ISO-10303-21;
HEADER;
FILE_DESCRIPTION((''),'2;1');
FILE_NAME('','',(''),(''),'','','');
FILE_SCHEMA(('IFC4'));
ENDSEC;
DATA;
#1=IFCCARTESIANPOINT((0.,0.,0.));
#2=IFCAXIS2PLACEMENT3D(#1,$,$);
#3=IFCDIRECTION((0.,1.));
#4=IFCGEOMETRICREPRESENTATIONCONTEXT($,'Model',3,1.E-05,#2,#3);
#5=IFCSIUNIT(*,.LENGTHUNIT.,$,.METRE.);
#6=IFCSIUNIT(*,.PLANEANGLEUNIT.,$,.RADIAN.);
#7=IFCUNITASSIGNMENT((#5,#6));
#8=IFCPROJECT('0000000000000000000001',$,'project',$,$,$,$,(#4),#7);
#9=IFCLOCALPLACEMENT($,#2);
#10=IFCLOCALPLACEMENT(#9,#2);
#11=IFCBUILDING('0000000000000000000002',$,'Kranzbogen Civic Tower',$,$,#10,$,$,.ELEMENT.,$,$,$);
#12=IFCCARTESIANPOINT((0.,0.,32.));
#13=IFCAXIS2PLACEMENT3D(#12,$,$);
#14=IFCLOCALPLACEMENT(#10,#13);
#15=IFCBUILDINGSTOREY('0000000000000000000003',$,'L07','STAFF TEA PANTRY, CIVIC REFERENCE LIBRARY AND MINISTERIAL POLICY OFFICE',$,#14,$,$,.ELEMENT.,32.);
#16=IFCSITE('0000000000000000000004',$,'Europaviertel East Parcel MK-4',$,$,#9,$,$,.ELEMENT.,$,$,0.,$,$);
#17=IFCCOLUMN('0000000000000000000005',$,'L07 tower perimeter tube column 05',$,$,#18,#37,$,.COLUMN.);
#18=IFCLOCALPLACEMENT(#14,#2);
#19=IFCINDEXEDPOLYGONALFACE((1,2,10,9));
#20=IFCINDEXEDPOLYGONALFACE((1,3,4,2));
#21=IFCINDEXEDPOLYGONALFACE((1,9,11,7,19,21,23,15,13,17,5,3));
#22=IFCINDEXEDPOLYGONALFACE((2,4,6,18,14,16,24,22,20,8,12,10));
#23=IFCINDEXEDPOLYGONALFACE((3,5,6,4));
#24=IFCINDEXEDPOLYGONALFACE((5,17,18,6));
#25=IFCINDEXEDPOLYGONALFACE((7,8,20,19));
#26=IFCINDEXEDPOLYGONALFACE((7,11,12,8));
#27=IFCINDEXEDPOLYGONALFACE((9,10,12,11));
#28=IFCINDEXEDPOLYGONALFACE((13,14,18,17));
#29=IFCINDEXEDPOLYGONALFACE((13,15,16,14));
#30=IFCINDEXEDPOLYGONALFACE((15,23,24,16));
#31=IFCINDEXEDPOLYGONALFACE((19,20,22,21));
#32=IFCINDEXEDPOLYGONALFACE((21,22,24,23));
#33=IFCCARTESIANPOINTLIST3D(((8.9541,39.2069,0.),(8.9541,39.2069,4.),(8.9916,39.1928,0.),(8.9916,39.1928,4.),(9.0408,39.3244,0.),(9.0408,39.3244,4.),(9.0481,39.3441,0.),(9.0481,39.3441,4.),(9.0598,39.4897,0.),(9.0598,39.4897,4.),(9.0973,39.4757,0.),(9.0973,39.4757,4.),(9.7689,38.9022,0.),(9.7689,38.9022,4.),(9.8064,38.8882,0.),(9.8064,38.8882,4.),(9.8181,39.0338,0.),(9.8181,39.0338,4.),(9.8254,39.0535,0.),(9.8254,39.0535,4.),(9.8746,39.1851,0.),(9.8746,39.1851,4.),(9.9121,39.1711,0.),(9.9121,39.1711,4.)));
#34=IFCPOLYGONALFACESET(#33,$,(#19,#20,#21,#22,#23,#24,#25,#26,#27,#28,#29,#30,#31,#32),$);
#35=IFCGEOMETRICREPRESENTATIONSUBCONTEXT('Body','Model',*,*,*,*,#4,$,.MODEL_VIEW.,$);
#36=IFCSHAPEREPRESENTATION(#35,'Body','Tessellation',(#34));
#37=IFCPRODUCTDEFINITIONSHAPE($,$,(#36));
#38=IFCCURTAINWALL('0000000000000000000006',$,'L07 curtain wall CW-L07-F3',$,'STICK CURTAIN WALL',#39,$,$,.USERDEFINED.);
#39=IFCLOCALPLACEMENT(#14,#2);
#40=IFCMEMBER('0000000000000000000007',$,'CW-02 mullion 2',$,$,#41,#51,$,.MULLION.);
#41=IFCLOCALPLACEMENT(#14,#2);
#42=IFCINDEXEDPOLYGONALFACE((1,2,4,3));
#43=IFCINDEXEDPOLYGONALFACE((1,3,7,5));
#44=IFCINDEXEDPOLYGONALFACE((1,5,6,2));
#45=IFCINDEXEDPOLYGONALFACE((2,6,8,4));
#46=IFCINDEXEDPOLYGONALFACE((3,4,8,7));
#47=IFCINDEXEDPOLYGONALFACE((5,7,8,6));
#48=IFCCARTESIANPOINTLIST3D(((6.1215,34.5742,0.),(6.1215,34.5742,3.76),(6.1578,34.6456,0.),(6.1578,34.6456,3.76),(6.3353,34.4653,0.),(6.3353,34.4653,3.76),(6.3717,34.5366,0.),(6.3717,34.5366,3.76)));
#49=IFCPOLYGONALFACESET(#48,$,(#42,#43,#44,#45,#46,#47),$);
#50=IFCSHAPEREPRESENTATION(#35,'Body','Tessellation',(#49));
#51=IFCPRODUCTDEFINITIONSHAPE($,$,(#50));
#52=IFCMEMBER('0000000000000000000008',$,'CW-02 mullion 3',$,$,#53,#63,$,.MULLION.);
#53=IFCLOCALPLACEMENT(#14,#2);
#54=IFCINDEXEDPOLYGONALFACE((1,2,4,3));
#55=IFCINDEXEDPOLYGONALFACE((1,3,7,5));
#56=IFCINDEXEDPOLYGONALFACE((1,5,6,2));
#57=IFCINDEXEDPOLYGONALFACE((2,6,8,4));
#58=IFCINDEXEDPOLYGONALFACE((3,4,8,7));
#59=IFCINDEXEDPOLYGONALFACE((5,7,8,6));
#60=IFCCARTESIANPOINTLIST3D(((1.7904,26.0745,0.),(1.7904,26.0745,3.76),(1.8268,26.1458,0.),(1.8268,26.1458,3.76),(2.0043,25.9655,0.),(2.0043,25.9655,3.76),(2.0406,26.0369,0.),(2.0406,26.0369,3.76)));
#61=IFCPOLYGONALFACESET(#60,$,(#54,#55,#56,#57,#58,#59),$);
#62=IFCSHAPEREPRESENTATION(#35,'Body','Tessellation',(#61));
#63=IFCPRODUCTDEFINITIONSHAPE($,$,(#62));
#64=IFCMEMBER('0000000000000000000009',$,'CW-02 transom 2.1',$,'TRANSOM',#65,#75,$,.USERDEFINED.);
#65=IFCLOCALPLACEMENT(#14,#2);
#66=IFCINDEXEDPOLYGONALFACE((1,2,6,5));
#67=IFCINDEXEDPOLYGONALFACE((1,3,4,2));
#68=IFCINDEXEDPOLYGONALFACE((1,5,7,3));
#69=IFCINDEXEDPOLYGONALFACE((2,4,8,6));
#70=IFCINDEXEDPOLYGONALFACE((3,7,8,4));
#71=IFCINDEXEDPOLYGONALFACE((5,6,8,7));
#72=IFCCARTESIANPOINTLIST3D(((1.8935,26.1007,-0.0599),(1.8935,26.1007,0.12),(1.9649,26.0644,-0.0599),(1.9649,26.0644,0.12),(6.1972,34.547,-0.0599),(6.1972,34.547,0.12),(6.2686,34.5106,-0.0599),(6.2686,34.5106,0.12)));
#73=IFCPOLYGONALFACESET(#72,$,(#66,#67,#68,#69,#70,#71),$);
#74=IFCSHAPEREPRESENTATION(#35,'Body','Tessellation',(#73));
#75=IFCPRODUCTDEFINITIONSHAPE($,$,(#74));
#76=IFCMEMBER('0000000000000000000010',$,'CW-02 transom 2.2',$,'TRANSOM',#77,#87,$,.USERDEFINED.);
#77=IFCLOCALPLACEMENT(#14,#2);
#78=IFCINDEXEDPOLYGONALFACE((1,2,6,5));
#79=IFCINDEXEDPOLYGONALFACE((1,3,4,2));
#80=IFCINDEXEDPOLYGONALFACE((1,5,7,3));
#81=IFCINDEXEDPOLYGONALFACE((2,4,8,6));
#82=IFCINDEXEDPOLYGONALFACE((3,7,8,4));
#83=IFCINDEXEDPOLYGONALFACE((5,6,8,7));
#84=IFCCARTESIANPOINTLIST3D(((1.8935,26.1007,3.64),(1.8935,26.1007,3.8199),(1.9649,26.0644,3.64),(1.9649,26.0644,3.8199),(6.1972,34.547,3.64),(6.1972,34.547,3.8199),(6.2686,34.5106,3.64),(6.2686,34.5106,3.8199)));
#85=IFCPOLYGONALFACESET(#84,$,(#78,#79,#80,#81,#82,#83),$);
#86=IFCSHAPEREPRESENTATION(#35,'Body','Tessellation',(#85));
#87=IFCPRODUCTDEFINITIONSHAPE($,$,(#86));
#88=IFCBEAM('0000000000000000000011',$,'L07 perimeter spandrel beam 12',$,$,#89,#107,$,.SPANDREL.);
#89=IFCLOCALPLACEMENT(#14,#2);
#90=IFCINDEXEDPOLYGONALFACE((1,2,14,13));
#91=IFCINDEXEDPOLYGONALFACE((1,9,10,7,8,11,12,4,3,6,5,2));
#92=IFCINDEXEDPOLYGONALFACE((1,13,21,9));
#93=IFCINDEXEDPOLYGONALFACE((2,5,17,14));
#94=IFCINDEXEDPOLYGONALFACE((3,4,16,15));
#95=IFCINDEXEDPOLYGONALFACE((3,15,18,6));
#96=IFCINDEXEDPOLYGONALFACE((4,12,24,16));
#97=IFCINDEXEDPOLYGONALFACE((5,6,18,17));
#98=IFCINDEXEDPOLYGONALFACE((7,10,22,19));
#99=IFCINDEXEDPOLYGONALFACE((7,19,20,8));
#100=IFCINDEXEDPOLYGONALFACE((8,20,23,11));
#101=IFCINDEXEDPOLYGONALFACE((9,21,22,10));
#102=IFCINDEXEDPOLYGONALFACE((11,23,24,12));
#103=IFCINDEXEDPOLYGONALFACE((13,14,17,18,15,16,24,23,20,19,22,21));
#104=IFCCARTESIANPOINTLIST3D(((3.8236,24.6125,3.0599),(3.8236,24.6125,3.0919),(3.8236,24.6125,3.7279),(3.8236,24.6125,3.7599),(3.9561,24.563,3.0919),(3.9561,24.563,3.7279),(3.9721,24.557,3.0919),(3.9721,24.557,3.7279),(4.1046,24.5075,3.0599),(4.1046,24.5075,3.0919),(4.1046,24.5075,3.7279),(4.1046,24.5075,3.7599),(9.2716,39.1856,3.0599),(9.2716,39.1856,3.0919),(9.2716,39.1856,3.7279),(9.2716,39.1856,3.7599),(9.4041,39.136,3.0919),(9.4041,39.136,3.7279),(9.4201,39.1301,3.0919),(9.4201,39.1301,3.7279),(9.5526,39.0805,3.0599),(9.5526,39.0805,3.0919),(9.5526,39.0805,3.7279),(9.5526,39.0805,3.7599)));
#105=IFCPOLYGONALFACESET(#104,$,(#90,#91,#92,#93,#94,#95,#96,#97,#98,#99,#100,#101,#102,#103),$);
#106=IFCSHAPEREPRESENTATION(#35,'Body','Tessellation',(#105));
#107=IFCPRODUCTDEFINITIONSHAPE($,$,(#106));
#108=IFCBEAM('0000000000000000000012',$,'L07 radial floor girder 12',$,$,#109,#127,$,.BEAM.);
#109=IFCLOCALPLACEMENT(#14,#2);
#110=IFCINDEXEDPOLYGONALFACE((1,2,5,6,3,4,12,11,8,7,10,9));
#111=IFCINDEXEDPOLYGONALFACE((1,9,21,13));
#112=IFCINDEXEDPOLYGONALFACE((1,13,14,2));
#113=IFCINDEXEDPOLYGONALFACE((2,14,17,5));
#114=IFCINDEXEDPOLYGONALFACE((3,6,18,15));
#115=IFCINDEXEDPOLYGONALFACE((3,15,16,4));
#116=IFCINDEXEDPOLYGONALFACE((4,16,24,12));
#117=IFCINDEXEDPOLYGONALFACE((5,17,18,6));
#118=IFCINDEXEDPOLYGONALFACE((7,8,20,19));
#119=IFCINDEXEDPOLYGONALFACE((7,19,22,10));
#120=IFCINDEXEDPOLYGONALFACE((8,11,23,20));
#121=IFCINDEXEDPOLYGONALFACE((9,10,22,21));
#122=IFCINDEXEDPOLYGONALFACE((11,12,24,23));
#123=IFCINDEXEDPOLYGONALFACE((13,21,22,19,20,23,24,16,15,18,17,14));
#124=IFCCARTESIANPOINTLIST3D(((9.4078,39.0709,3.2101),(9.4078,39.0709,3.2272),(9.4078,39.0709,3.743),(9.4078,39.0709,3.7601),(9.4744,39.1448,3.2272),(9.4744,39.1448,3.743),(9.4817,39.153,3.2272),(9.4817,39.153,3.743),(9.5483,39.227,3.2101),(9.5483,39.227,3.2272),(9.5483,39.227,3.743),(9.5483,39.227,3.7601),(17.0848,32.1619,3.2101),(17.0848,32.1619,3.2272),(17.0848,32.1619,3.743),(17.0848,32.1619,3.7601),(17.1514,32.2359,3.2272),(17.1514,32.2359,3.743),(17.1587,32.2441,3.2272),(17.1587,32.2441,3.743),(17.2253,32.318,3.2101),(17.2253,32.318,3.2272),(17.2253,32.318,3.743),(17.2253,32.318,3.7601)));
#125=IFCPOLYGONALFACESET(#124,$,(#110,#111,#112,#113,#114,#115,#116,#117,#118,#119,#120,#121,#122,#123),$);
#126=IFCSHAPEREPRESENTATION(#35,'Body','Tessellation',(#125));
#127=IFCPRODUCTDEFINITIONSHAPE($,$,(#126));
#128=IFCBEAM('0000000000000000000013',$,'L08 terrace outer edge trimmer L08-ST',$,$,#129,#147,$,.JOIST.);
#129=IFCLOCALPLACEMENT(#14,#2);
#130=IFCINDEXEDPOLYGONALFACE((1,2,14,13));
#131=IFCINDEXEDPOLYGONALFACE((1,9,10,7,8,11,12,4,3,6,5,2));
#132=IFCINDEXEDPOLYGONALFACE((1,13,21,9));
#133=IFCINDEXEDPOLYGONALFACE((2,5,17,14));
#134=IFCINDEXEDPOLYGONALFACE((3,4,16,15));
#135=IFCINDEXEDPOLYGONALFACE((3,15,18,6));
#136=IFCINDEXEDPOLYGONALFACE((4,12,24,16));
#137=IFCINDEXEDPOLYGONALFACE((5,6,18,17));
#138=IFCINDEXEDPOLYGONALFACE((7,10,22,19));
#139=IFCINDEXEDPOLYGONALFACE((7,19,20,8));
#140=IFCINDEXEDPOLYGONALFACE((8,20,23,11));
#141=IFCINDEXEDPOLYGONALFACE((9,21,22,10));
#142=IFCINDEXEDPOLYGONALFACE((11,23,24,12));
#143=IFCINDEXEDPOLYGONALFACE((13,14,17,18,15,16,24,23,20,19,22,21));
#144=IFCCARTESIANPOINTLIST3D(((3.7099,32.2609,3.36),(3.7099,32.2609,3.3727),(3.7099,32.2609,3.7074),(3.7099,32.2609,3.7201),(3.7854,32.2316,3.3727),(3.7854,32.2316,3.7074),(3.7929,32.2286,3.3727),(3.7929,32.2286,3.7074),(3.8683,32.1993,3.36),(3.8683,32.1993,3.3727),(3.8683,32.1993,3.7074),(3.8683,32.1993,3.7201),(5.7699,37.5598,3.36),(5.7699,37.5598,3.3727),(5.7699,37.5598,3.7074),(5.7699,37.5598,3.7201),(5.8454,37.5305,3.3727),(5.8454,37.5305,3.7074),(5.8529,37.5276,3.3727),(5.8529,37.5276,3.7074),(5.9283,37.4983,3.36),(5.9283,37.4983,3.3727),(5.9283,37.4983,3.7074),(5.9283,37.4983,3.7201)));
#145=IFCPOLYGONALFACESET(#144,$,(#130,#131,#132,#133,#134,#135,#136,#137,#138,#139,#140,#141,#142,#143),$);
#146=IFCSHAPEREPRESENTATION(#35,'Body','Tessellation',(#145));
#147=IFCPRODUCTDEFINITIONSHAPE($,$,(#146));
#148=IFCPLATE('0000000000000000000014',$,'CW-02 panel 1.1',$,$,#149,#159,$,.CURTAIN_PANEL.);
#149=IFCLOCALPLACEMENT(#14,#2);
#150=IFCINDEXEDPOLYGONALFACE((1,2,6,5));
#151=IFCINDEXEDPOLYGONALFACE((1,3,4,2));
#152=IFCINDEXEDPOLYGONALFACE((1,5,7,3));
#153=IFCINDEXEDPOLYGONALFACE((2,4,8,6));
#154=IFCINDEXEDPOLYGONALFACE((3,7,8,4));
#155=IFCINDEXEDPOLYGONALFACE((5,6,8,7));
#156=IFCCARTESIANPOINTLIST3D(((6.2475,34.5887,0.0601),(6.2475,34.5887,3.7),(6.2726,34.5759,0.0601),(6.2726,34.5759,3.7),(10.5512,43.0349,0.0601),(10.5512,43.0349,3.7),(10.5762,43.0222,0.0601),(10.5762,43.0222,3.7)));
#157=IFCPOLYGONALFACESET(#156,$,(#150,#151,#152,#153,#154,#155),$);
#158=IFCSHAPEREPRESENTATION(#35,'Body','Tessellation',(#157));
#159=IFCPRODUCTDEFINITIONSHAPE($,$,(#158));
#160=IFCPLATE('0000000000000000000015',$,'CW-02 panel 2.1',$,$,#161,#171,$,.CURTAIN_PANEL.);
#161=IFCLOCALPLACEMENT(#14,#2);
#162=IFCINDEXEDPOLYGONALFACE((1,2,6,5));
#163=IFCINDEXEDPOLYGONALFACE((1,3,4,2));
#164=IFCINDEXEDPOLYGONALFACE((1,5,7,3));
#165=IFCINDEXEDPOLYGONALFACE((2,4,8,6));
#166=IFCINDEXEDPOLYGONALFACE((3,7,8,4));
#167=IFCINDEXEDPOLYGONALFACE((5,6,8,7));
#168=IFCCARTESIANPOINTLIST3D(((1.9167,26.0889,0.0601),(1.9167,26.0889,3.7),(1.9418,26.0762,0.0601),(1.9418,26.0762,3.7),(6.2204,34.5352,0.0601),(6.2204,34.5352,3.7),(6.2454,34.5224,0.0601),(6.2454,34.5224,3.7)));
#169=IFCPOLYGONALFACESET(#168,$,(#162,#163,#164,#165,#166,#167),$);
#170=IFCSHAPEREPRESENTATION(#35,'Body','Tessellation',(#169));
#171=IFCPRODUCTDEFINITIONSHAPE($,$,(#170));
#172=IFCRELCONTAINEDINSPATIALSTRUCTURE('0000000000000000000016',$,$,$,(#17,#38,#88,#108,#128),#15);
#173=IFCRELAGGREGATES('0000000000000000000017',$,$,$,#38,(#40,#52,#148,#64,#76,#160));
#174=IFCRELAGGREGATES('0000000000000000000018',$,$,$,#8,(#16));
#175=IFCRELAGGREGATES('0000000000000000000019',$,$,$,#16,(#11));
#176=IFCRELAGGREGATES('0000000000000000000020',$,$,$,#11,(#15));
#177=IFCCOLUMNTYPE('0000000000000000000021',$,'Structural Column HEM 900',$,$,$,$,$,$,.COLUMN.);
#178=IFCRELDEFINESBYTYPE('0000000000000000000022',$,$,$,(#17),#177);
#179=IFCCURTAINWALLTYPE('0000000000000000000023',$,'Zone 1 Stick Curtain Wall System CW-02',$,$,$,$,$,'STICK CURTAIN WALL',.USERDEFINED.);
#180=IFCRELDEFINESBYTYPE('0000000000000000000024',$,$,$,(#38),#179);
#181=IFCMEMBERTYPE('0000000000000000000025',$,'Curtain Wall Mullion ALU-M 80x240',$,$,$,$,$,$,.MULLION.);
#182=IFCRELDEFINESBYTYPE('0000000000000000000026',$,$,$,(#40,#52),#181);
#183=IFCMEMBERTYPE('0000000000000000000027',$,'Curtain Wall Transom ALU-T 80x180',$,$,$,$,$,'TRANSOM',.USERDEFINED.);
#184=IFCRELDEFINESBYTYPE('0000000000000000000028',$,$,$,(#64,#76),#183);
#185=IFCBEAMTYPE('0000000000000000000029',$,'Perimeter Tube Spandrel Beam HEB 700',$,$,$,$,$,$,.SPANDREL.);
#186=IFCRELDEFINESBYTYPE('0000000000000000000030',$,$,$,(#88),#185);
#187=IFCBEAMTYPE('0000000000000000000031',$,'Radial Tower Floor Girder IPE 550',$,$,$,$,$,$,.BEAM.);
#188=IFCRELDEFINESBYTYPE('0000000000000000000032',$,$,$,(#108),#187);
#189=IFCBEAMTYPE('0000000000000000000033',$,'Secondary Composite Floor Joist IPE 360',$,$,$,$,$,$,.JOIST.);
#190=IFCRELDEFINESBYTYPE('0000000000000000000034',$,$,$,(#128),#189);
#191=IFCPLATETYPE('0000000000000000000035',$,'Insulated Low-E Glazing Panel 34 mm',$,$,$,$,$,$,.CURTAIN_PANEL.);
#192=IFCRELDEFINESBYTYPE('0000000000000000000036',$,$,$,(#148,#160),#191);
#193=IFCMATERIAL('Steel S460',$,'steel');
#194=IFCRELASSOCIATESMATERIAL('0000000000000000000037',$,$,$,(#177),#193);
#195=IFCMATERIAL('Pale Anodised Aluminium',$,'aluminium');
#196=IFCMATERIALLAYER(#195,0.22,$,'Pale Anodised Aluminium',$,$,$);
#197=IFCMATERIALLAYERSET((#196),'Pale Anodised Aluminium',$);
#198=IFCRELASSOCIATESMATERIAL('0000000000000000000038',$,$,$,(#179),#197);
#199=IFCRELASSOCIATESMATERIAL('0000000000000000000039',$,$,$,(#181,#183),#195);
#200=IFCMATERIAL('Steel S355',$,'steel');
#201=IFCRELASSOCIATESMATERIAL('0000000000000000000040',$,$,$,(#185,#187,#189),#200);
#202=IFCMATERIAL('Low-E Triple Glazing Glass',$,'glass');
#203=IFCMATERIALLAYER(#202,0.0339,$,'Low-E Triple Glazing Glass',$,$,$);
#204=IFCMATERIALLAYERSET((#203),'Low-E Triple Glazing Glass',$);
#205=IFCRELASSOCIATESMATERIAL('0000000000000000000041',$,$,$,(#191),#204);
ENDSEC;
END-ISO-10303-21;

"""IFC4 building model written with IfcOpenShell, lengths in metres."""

from ifc_helpers import new_model, si_unit, direction, frame, origin, origin_2d, place, context, subcontext, project, spatial, rectangle, i_section, extrude, material, layer, layer_set, material_profile, profile_set, type_object, element, aggregate, save


model = new_model("IFC4")

# Units and contexts
model_context = context("Model", 3, precision=1e-05, world=origin(), true_north=direction((0.0, 1.0)))
body_context = subcontext(model_context, "Body", "Model", "MODEL_VIEW")
ifc_project = project(units=[si_unit("LENGTHUNIT", "METRE"), si_unit("PLANEANGLEUNIT", "RADIAN")], contexts=[model_context])

# Site, building, storey
site_placement = place(None, origin())
site = spatial("IfcSite", under=ifc_project, at=site_placement, Name="Europaviertel East Parcel MK-4", CompositionType="ELEMENT", RefElevation=0.0)
building_placement = place(site_placement, origin())
building = spatial("IfcBuilding", under=site, at=building_placement, Name="Kranzbogen Civic Tower", CompositionType="ELEMENT")
storey_placement = place(building_placement, frame((0.0, 0.0, 32.0)))
storey = spatial("IfcBuildingStorey", under=building, at=storey_placement, Name="L07", Description="STAFF TEA PANTRY, CIVIC REFERENCE LIBRARY AND MINISTERIAL POLICY OFFICE", CompositionType="ELEMENT", Elevation=32.0)

# Column
ifc_material_1 = material(Name="Steel S460", Category="steel")
ifc_material_profile_1 = material_profile(ifc_material_1, i_section(OverallWidth=0.302, OverallDepth=0.9099, WebThickness=0.021, FlangeThickness=0.04, at=origin_2d()), Name="HEM 900")
ifc_profile_set_1 = profile_set([ifc_material_profile_1], Name="Steel S460")
column_type = type_object("IfcColumnType", Name="Structural Column HEM 900", PredefinedType="COLUMN", material=ifc_profile_set_1)
column_placement = place(storey_placement, frame((9.4331, 39.189, 0.0), z_axis=(0.0, 0.0, 1.0), x_axis=(0.350207, 0.936672, 0.0)))
element("IfcColumn", 1, at=column_placement, inside=storey, type_object=column_type, Name="L07 tower perimeter tube column 05", PredefinedType="COLUMN", context=body_context, shape_type="SweptSolid", body=[
    extrude(i_section(OverallWidth=0.302, OverallDepth=0.9099, WebThickness=0.021, FlangeThickness=0.04, at=origin_2d()), origin(), (0.0, 0.0, 1.0), 4.0),
])

# Curtain wall, members
ifc_material_2 = material(Name="Pale Anodised Aluminium", Category="aluminium")
ifc_layer_1 = layer(ifc_material_2, 0.22, Name="Pale Anodised Aluminium")
ifc_layer_set_1 = layer_set([ifc_layer_1], Name="Pale Anodised Aluminium")
curtain_wall_type = type_object("IfcCurtainWallType", Name="Zone 1 Stick Curtain Wall System CW-02", ElementType="STICK CURTAIN WALL", PredefinedType="USERDEFINED", material=ifc_layer_set_1)
curtain_wall_placement = place(storey_placement, origin())
curtain_wall = element("IfcCurtainWall", 2, at=curtain_wall_placement, inside=storey, type_object=curtain_wall_type, Name="L07 curtain wall CW-L07-F3", ObjectType="STICK CURTAIN WALL", PredefinedType="USERDEFINED")
ifc_material_profile_2 = material_profile(ifc_material_2, rectangle(XDim=0.0801, YDim=0.24, at=origin_2d()), Name="ALU-M 80x240")
ifc_profile_set_2 = profile_set([ifc_material_profile_2], Name="Pale Anodised Aluminium")
member_type_1 = type_object("IfcMemberType", Name="Curtain Wall Mullion ALU-M 80x240", PredefinedType="MULLION", material=ifc_profile_set_2)
member_1_placement = place(storey_placement, frame((6.2466, 34.5554, 0.0), z_axis=(0.0, 0.0, 1.0), x_axis=(-0.453993, -0.891005, 0.0)))
member_1 = element("IfcMember", 3, at=member_1_placement, type_object=member_type_1, Name="CW-02 mullion 2", PredefinedType="MULLION", context=body_context, shape_type="SweptSolid", body=[
    extrude(rectangle(XDim=0.0801, YDim=0.24, at=origin_2d()), origin(), (0.0, 0.0, 1.0), 3.76),
])
member_2_placement = place(storey_placement, frame((1.9155, 26.0557, 0.0), z_axis=(0.0, 0.0, 1.0), x_axis=(-0.453993, -0.891005, 0.0)))
member_2 = element("IfcMember", 4, at=member_2_placement, type_object=member_type_1, Name="CW-02 mullion 3", PredefinedType="MULLION", context=body_context, shape_type="SweptSolid", body=[
    extrude(rectangle(XDim=0.0801, YDim=0.24, at=origin_2d()), origin(), (0.0, 0.0, 1.0), 3.76),
])
ifc_material_profile_3 = material_profile(ifc_material_2, rectangle(XDim=0.0801, YDim=0.1799, at=origin_2d()), Name="ALU-T 80x180")
ifc_profile_set_3 = profile_set([ifc_material_profile_3], Name="Pale Anodised Aluminium")
member_type_2 = type_object("IfcMemberType", Name="Curtain Wall Transom ALU-T 80x180", ElementType="TRANSOM", PredefinedType="USERDEFINED", material=ifc_profile_set_3)
member_3_placement = place(storey_placement, frame((6.2329, 34.5288, 0.03), z_axis=(-0.454, -0.891002, 0.0), x_axis=(0.891002, -0.454, 0.0)))
member_3 = element("IfcMember", 5, at=member_3_placement, type_object=member_type_2, Name="CW-02 transom 2.1", ObjectType="TRANSOM", PredefinedType="USERDEFINED", context=body_context, shape_type="SweptSolid", body=[
    extrude(rectangle(XDim=0.0801, YDim=0.1799, at=origin_2d()), origin(), (0.0, 0.0, 1.0), 9.4795),
])
member_4_placement = place(storey_placement, frame((6.2329, 34.5288, 3.73), z_axis=(-0.454, -0.891002, 0.0), x_axis=(0.891002, -0.454, 0.0)))
member_4 = element("IfcMember", 6, at=member_4_placement, type_object=member_type_2, Name="CW-02 transom 2.2", ObjectType="TRANSOM", PredefinedType="USERDEFINED", context=body_context, shape_type="SweptSolid", body=[
    extrude(rectangle(XDim=0.0801, YDim=0.1799, at=origin_2d()), origin(), (0.0, 0.0, 1.0), 9.4795),
])

# Beams
ifc_material_3 = material(Name="Steel S355", Category="steel")
ifc_material_profile_4 = material_profile(ifc_material_3, i_section(OverallWidth=0.3, OverallDepth=0.7, WebThickness=0.0171, FlangeThickness=0.032, at=origin_2d()), Name="HEB 700")
ifc_profile_set_4 = profile_set([ifc_material_profile_4], Name="Steel S355")
beam_type_1 = type_object("IfcBeamType", Name="Perimeter Tube Spandrel Beam HEB 700", PredefinedType="SPANDREL", material=ifc_profile_set_4)
beam_1_placement = place(storey_placement, frame((9.4121, 39.1331, 3.4099), z_axis=(-0.350172, -0.936685, 0.0), x_axis=(0.936685, -0.350172, 0.0)))
element("IfcBeam", 7, at=beam_1_placement, inside=storey, type_object=beam_type_1, Name="L07 perimeter spandrel beam 12", PredefinedType="SPANDREL", context=body_context, shape_type="SweptSolid", body=[
    extrude(i_section(OverallWidth=0.3, OverallDepth=0.7, WebThickness=0.0171, FlangeThickness=0.032, at=origin_2d()), origin(), (0.0, 0.0, 1.0), 15.5581),
])
ifc_material_profile_5 = material_profile(ifc_material_3, i_section(OverallWidth=0.21, OverallDepth=0.55, WebThickness=0.011, FlangeThickness=0.0171, at=origin_2d()), Name="IPE 550")
ifc_profile_set_5 = profile_set([ifc_material_profile_5], Name="Steel S355")
beam_type_2 = type_object("IfcBeamType", Name="Radial Tower Floor Girder IPE 550", PredefinedType="BEAM", material=ifc_profile_set_5)
beam_2_placement = place(storey_placement, frame((9.478, 39.1489, 3.4851), z_axis=(0.743312, -0.668945, 0.0), x_axis=(0.668945, 0.743312, 0.0)))
element("IfcBeam", 8, at=beam_2_placement, inside=storey, type_object=beam_type_2, Name="L07 radial floor girder 12", PredefinedType="BEAM", context=body_context, shape_type="SweptSolid", body=[
    extrude(i_section(OverallWidth=0.21, OverallDepth=0.55, WebThickness=0.011, FlangeThickness=0.0171, at=origin_2d()), origin(), (0.0, 0.0, 1.0), 10.3281),
])
ifc_material_profile_6 = material_profile(ifc_material_3, i_section(OverallWidth=0.1699, OverallDepth=0.3601, WebThickness=0.0081, FlangeThickness=0.0127, at=origin_2d()), Name="IPE 360")
ifc_profile_set_6 = profile_set([ifc_material_profile_6], Name="Steel S355")
beam_type_3 = type_object("IfcBeamType", Name="Secondary Composite Floor Joist IPE 360", PredefinedType="JOIST", material=ifc_profile_set_6)
beam_3_placement = place(storey_placement, frame((5.8491, 37.5291, 3.54), z_axis=(-0.362341, -0.932046, 0.0), x_axis=(0.932046, -0.362341, 0.0)))
element("IfcBeam", 9, at=beam_3_placement, inside=storey, type_object=beam_type_3, Name="L08 terrace outer edge trimmer L08-ST", PredefinedType="JOIST", context=body_context, shape_type="SweptSolid", body=[
    extrude(i_section(OverallWidth=0.1699, OverallDepth=0.3601, WebThickness=0.0081, FlangeThickness=0.0127, at=origin_2d()), origin(), (0.0, 0.0, 1.0), 5.6853),
])

# Plates
ifc_material_4 = material(Name="Low-E Triple Glazing Glass", Category="glass")
ifc_layer_2 = layer(ifc_material_4, 0.0339, Name="Low-E Triple Glazing Glass")
ifc_layer_set_2 = layer_set([ifc_layer_2], Name="Low-E Triple Glazing Glass")
plate_type = type_object("IfcPlateType", Name="Insulated Low-E Glazing Panel 34 mm", PredefinedType="CURTAIN_PANEL", material=ifc_layer_set_2)
plate_1_placement = place(storey_placement, frame((8.4119, 38.8054, 0.0601), z_axis=(0.0, 0.0, 1.0), x_axis=(-0.453993, -0.891005, 0.0)))
plate_1 = element("IfcPlate", 10, at=plate_1_placement, type_object=plate_type, Name="CW-02 panel 1.1", PredefinedType="CURTAIN_PANEL", context=body_context, shape_type="SweptSolid", body=[
    extrude(rectangle(XDim=9.4795, YDim=0.0281, at=origin_2d()), origin(), (0.0, 0.0, 1.0), 3.6399),
])
plate_2_placement = place(storey_placement, frame((4.0811, 30.3057, 0.0601), z_axis=(0.0, 0.0, 1.0), x_axis=(-0.453993, -0.891005, 0.0)))
plate_2 = element("IfcPlate", 11, at=plate_2_placement, type_object=plate_type, Name="CW-02 panel 2.1", PredefinedType="CURTAIN_PANEL", context=body_context, shape_type="SweptSolid", body=[
    extrude(rectangle(XDim=9.4795, YDim=0.0281, at=origin_2d()), origin(), (0.0, 0.0, 1.0), 3.6399),
])
aggregate(curtain_wall, [member_1, member_2, plate_1, member_3, member_4, plate_2])

save(model, "model.ifc")
